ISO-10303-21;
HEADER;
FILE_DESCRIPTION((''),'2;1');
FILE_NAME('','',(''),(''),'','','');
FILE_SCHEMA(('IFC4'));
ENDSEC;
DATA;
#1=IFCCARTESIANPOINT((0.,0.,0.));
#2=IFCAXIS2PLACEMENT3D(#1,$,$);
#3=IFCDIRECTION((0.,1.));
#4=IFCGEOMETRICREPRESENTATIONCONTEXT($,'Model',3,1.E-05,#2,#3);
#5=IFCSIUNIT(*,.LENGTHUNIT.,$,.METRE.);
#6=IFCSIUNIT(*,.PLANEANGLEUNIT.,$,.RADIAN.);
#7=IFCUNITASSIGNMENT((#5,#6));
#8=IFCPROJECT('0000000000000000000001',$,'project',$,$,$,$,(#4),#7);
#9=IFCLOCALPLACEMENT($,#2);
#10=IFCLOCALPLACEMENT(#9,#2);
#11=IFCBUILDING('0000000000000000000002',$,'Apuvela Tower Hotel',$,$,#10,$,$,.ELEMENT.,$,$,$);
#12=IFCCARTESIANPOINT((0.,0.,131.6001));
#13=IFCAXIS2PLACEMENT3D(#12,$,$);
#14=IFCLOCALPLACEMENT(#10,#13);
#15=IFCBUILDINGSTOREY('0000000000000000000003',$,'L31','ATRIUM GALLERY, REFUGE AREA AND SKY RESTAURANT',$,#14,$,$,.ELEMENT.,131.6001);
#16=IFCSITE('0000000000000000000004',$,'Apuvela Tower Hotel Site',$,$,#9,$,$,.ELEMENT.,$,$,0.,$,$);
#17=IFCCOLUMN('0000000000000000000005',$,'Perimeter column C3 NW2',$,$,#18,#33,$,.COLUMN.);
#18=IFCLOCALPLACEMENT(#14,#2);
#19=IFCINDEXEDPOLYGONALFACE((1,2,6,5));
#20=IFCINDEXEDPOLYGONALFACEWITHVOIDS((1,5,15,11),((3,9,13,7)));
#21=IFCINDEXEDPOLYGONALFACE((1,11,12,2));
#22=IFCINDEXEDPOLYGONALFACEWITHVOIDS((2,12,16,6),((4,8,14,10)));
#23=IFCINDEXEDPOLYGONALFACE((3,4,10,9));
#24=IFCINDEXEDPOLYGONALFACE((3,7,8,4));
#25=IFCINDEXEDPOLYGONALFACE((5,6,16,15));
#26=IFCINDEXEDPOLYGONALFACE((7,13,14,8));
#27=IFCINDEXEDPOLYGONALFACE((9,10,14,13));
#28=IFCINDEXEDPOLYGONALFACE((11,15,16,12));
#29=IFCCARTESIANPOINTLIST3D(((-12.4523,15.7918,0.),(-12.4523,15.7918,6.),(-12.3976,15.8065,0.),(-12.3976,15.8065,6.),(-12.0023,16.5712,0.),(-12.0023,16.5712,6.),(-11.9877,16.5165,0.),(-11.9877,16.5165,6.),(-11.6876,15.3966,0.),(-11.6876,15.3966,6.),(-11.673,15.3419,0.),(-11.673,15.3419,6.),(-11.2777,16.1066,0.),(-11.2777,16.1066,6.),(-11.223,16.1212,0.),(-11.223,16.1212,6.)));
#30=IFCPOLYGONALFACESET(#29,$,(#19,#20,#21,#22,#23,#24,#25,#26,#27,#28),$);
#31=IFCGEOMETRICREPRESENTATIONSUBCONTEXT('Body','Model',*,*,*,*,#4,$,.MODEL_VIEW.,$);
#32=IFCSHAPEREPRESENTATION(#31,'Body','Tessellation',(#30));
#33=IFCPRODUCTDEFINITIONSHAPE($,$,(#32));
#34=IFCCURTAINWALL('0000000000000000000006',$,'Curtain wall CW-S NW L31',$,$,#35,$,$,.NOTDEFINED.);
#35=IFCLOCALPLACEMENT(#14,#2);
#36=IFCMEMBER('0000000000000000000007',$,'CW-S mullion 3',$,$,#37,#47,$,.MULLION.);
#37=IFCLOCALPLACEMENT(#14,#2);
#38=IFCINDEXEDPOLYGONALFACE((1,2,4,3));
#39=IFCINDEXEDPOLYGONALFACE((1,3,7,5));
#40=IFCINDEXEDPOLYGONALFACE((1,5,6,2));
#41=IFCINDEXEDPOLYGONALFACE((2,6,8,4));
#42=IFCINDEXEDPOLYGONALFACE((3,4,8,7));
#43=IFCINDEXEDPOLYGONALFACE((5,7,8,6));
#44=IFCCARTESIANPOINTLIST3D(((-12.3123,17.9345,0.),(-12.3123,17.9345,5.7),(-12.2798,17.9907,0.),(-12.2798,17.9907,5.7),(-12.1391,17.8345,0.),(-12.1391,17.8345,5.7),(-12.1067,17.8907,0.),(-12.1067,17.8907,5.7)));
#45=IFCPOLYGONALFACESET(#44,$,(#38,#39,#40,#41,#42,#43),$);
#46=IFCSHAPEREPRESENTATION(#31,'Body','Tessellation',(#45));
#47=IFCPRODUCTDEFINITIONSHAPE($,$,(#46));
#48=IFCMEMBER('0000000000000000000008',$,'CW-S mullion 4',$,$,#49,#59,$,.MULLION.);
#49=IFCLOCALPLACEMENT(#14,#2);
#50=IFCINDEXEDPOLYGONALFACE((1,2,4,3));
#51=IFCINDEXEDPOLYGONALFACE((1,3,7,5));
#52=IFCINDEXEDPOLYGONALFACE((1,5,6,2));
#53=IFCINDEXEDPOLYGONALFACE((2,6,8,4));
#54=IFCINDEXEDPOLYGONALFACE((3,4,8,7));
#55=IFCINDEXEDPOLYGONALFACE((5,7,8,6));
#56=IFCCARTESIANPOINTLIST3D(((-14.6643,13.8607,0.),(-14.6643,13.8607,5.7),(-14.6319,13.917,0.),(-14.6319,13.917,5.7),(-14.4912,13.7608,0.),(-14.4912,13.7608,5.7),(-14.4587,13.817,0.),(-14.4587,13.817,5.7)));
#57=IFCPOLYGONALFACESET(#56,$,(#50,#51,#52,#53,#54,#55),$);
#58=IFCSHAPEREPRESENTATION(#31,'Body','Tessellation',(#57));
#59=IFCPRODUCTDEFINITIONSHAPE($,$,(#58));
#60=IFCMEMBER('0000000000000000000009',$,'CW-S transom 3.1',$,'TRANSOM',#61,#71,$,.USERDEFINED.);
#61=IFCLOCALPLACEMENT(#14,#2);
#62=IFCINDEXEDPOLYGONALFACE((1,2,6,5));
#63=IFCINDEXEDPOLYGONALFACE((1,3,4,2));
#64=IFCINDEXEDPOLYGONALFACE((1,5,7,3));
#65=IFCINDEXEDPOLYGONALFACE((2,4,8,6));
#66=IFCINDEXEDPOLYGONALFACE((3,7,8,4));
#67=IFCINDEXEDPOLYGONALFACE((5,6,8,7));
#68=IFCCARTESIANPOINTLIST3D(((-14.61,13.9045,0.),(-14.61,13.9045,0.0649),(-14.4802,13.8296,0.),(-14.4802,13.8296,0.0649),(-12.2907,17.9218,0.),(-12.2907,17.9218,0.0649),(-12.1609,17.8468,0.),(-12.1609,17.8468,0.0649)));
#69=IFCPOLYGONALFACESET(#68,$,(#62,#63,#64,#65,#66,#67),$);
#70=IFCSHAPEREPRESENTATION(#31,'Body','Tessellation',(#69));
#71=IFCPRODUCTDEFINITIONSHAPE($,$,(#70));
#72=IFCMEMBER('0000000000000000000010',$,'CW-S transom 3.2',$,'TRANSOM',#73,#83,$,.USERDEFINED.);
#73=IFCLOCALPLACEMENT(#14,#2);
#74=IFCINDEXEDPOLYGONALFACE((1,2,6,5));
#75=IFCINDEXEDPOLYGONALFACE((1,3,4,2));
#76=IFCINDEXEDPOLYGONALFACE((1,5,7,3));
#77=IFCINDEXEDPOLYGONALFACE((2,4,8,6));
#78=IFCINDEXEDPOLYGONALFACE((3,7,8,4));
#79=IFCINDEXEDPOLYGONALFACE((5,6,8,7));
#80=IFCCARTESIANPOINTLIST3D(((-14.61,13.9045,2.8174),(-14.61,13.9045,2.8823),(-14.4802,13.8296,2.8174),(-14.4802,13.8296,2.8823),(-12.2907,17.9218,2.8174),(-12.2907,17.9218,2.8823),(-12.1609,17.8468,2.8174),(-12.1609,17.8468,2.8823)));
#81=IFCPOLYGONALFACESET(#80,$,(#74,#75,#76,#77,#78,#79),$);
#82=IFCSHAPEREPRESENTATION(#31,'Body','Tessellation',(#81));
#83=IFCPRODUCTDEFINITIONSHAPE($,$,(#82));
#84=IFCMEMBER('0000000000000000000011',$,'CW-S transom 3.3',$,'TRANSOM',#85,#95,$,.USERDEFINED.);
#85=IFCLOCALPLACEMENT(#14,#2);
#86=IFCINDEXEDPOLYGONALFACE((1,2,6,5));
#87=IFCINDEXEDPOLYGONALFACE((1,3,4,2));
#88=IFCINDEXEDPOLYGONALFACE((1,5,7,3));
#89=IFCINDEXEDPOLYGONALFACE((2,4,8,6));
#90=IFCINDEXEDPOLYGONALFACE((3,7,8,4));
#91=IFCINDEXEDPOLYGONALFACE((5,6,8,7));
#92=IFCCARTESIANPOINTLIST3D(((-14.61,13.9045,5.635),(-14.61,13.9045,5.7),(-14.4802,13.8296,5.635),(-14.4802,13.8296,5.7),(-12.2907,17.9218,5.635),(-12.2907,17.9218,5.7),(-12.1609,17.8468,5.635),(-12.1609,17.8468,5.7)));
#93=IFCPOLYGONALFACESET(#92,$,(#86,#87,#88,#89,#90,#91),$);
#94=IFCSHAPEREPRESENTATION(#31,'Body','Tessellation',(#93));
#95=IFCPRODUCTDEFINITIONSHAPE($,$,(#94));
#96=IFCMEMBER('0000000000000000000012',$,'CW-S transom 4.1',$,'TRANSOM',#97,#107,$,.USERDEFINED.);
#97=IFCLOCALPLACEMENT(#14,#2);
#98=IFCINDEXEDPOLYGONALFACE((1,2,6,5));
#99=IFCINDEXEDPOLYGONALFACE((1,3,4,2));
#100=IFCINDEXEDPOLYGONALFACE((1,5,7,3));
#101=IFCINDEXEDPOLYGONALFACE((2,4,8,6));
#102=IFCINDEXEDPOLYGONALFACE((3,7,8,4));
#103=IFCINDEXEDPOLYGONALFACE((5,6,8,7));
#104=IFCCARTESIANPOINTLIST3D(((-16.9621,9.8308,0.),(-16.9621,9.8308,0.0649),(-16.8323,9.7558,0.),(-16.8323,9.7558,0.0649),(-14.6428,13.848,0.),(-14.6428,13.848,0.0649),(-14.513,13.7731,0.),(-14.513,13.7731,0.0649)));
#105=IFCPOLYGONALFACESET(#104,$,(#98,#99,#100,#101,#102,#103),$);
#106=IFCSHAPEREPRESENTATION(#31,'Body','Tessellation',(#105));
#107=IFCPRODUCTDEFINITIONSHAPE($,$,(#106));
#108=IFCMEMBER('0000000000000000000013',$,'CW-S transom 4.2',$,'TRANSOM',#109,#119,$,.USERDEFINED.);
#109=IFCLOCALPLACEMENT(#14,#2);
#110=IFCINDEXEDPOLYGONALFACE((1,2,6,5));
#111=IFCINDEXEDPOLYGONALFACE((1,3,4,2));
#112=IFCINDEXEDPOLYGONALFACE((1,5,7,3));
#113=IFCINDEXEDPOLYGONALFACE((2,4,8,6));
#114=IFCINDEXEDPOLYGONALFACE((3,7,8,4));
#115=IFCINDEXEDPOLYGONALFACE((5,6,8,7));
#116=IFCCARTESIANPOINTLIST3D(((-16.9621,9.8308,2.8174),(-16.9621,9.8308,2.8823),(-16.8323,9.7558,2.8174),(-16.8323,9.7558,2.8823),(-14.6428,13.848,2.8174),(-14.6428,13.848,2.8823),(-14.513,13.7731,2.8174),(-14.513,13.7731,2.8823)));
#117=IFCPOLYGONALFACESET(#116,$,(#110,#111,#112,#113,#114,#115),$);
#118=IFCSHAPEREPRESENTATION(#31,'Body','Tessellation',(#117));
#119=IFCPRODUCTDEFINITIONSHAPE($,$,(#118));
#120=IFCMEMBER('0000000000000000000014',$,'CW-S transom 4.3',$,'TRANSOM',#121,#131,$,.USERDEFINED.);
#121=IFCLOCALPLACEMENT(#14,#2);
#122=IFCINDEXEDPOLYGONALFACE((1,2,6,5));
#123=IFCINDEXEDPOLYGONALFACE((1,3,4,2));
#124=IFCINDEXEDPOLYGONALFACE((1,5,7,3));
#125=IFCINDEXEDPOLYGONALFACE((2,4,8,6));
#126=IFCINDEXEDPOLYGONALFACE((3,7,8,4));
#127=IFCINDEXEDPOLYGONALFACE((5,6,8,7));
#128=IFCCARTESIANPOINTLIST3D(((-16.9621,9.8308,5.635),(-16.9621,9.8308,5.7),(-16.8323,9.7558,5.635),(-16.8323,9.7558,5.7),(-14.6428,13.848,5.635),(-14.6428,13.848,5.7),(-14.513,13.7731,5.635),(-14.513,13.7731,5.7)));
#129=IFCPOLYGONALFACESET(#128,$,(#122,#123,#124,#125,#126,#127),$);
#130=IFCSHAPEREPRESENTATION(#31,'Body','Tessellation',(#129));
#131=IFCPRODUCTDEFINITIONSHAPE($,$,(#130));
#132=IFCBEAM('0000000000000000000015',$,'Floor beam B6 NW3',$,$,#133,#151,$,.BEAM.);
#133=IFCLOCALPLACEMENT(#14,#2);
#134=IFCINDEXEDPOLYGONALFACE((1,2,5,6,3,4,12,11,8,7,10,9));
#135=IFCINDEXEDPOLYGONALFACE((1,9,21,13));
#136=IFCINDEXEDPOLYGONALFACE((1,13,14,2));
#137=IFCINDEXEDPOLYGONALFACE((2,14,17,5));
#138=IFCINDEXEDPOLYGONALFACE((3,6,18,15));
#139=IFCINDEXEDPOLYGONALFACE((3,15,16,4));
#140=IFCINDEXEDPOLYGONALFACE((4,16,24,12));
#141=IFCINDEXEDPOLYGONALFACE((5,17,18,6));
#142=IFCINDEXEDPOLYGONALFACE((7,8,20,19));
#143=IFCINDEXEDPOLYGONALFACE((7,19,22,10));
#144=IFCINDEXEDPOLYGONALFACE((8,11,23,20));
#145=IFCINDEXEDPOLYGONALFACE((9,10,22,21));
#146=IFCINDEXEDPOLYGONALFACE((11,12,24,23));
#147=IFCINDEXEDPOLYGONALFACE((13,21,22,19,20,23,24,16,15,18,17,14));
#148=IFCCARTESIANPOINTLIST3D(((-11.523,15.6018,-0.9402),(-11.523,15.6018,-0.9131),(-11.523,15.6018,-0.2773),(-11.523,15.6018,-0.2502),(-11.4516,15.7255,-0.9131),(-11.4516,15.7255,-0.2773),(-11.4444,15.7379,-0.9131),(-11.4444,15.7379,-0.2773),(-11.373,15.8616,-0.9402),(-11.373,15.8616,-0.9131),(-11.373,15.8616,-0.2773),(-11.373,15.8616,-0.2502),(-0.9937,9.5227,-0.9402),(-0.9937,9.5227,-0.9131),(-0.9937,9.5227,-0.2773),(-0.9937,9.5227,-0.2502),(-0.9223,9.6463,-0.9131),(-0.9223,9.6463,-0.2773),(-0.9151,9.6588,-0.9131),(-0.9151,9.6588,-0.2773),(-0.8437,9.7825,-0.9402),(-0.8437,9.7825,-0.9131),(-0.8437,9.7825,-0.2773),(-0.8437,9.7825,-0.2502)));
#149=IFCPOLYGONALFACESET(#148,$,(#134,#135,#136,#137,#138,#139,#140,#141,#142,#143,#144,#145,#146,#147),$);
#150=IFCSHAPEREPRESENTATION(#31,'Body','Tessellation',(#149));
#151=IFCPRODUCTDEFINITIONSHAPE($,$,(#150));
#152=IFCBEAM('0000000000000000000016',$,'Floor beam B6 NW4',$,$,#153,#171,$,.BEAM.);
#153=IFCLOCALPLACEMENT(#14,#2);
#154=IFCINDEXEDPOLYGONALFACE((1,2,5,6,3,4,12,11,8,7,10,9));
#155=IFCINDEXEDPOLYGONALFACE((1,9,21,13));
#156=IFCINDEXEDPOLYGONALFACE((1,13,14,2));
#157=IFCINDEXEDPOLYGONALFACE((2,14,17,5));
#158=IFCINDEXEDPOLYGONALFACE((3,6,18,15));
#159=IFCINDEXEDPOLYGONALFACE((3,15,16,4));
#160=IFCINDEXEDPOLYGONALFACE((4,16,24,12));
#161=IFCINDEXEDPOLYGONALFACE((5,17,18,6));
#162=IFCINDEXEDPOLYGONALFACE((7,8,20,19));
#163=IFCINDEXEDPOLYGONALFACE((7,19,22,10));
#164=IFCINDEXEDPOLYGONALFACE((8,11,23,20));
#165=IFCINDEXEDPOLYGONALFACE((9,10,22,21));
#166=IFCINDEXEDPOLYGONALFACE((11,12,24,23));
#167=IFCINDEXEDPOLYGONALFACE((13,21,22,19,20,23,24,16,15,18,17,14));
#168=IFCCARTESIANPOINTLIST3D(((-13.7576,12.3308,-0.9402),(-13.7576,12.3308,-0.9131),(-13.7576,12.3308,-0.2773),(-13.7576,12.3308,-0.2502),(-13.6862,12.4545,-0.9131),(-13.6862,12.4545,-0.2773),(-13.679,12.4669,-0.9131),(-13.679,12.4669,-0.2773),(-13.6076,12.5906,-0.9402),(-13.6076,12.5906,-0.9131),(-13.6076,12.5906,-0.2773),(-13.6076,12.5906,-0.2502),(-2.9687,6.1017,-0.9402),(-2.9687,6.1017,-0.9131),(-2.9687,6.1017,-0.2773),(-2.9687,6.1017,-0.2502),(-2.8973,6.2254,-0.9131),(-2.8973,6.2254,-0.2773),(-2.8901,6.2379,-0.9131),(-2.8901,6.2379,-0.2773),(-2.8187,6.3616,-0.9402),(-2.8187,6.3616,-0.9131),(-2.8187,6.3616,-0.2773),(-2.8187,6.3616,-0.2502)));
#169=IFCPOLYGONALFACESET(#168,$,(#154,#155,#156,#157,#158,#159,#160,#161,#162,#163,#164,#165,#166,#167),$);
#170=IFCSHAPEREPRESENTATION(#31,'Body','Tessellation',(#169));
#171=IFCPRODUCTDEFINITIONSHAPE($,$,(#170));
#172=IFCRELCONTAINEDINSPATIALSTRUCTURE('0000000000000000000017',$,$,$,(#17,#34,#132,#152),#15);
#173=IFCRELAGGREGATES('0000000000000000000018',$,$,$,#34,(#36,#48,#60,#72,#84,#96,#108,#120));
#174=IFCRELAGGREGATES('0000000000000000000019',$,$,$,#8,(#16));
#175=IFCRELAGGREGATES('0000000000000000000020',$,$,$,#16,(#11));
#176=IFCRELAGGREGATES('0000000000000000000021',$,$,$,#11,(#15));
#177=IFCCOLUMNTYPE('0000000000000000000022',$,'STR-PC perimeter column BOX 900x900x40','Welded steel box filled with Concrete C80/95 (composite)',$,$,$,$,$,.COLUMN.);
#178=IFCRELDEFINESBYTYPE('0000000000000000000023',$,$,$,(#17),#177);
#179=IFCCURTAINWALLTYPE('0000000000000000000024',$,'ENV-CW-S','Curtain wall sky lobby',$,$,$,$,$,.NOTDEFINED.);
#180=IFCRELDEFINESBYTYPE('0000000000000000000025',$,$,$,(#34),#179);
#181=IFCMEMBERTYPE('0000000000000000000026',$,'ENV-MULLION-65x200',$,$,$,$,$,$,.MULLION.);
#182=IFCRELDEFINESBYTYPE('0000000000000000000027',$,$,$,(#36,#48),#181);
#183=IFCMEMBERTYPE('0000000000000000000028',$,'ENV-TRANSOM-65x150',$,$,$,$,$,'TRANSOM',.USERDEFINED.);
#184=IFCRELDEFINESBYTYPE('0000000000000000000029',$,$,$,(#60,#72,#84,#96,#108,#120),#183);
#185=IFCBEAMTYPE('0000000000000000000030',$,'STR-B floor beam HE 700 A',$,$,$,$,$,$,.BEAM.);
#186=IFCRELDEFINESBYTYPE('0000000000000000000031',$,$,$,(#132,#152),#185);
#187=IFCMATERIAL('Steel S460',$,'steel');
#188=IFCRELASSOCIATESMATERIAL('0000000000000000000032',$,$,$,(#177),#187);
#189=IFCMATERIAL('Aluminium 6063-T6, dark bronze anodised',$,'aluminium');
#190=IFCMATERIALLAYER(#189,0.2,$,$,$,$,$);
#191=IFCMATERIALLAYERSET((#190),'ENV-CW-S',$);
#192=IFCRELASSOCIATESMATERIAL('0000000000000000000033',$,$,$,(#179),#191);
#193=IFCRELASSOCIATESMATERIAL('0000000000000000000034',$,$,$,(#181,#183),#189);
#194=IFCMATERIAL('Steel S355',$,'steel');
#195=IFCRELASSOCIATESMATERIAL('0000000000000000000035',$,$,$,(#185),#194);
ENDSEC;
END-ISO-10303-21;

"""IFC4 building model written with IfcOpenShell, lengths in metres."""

from ifc_helpers import new_model, si_unit, direction, frame, origin, origin_2d, place, context, subcontext, project, spatial, rectangle, hollow_rectangle, i_section, extrude, material, layer, layer_set, material_profile, profile_set, type_object, element, aggregate, save


model = new_model("IFC4")

# Units and contexts
model_context = context("Model", 3, precision=1e-05, world=origin(), true_north=direction((0.0, 1.0)))
body_context = subcontext(model_context, "Body", "Model", "MODEL_VIEW")
ifc_project = project(units=[si_unit("LENGTHUNIT", "METRE"), si_unit("PLANEANGLEUNIT", "RADIAN")], contexts=[model_context])

# Site, building, storey
site_placement = place(None, origin())
site = spatial("IfcSite", under=ifc_project, at=site_placement, Name="Apuvela Tower Hotel Site", CompositionType="ELEMENT", RefElevation=0.0)
building_placement = place(site_placement, origin())
building = spatial("IfcBuilding", under=site, at=building_placement, Name="Apuvela Tower Hotel", CompositionType="ELEMENT")
storey_placement = place(building_placement, frame((0.0, 0.0, 131.6001)))
storey = spatial("IfcBuildingStorey", under=building, at=storey_placement, Name="L31", Description="ATRIUM GALLERY, REFUGE AREA AND SKY RESTAURANT", CompositionType="ELEMENT", Elevation=131.6001)

# Column
ifc_material_1 = material(Name="Steel S460", Category="steel")
ifc_material_profile_1 = material_profile(ifc_material_1, hollow_rectangle(XDim=0.8999, YDim=0.8999, WallThickness=0.04, at=origin_2d()), Name="BOX 900x900x40")
ifc_material_2 = material(Name="Concrete C80/95", Category="concrete")
ifc_material_profile_2 = material_profile(ifc_material_2, rectangle(XDim=0.8201, YDim=0.8201, at=origin_2d()), Name="Concrete C80/95 infill")
ifc_profile_set_1 = profile_set([ifc_material_profile_1, ifc_material_profile_2], Name="Steel S460")
column_type = type_object("IfcColumnType", Name="STR-PC perimeter column BOX 900x900x40", Description="Welded steel box filled with Concrete C80/95 (composite)", PredefinedType="COLUMN", material=ifc_profile_set_1)
column_placement = place(storey_placement, frame((-11.8376, 15.9565, 0.0), z_axis=(0.0, 0.0, 1.0), x_axis=(0.5, 0.866025, 0.0)))
element("IfcColumn", 1, at=column_placement, inside=storey, type_object=column_type, Name="Perimeter column C3 NW2", PredefinedType="COLUMN", context=body_context, shape_type="SweptSolid", body=[
    extrude(hollow_rectangle(XDim=0.8999, YDim=0.8999, WallThickness=0.04, at=origin_2d()), origin(), (0.0, 0.0, 1.0), 6.0),
])

# Curtain wall, members
ifc_material_3 = material(Name="Aluminium 6063-T6, dark bronze anodised", Category="aluminium")
ifc_layer_1 = layer(ifc_material_3, 0.2)
ifc_layer_set_1 = layer_set([ifc_layer_1], Name="ENV-CW-S")
curtain_wall_type = type_object("IfcCurtainWallType", Name="ENV-CW-S", Description="Curtain wall sky lobby", PredefinedType="NOTDEFINED", material=ifc_layer_set_1)
curtain_wall_placement = place(storey_placement, origin())
curtain_wall = element("IfcCurtainWall", 2, at=curtain_wall_placement, inside=storey, type_object=curtain_wall_type, Name="Curtain wall CW-S NW L31", PredefinedType="NOTDEFINED")
ifc_material_profile_3 = material_profile(ifc_material_3, rectangle(XDim=0.2, YDim=0.0649, at=origin_2d()), Name="AL 65x200")
ifc_profile_set_2 = profile_set([ifc_material_profile_3], Name="Aluminium 6063-T6, dark bronze anodised")
member_type_1 = type_object("IfcMemberType", Name="ENV-MULLION-65x200", PredefinedType="MULLION", material=ifc_profile_set_2)
member_1_placement = place(storey_placement, frame((-12.2095, 17.9126, 0.0), z_axis=(0.0, 0.0, 1.0), x_axis=(0.866026, -0.499999, 0.0)))
member_1 = element("IfcMember", 3, at=member_1_placement, type_object=member_type_1, Name="CW-S mullion 3", PredefinedType="MULLION", context=body_context, shape_type="SweptSolid", body=[
    extrude(rectangle(XDim=0.2, YDim=0.0649, at=origin_2d()), origin(), (0.0, 0.0, 1.0), 5.7),
])
member_2_placement = place(storey_placement, frame((-14.5615, 13.8389, 0.0), z_axis=(0.0, 0.0, 1.0), x_axis=(0.866026, -0.499999, 0.0)))
member_2 = element("IfcMember", 4, at=member_2_placement, type_object=member_type_1, Name="CW-S mullion 4", PredefinedType="MULLION", context=body_context, shape_type="SweptSolid", body=[
    extrude(rectangle(XDim=0.2, YDim=0.0649, at=origin_2d()), origin(), (0.0, 0.0, 1.0), 5.7),
])
ifc_material_profile_4 = material_profile(ifc_material_3, rectangle(XDim=0.1499, YDim=0.0649, at=origin_2d()), Name="AL 65x150 transom")
ifc_profile_set_3 = profile_set([ifc_material_profile_4], Name="Aluminium 6063-T6, dark bronze anodised")
member_type_2 = type_object("IfcMemberType", Name="ENV-TRANSOM-65x150", ElementType="TRANSOM", PredefinedType="USERDEFINED", material=ifc_profile_set_3)
member_3_placement = place(storey_placement, frame((-12.2258, 17.8843, 0.0325), z_axis=(-0.499988, -0.866032, 0.0), x_axis=(0.866032, -0.499988, 0.0)))
member_3 = element("IfcMember", 5, at=member_3_placement, type_object=member_type_2, Name="CW-S transom 3.1", ObjectType="TRANSOM", PredefinedType="USERDEFINED", context=body_context, shape_type="SweptSolid", body=[
    extrude(rectangle(XDim=0.1499, YDim=0.0649, at=origin_2d()), origin(), (0.0, 0.0, 1.0), 4.6387),
])
member_4_placement = place(storey_placement, frame((-12.2258, 17.8843, 2.8499), z_axis=(-0.499988, -0.866032, 0.0), x_axis=(0.866032, -0.499988, 0.0)))
member_4 = element("IfcMember", 6, at=member_4_placement, type_object=member_type_2, Name="CW-S transom 3.2", ObjectType="TRANSOM", PredefinedType="USERDEFINED", context=body_context, shape_type="SweptSolid", body=[
    extrude(rectangle(XDim=0.1499, YDim=0.0649, at=origin_2d()), origin(), (0.0, 0.0, 1.0), 4.6387),
])
member_5_placement = place(storey_placement, frame((-12.2258, 17.8843, 5.6675), z_axis=(-0.499988, -0.866032, 0.0), x_axis=(0.866032, -0.499988, 0.0)))
member_5 = element("IfcMember", 7, at=member_5_placement, type_object=member_type_2, Name="CW-S transom 3.3", ObjectType="TRANSOM", PredefinedType="USERDEFINED", context=body_context, shape_type="SweptSolid", body=[
    extrude(rectangle(XDim=0.1499, YDim=0.0649, at=origin_2d()), origin(), (0.0, 0.0, 1.0), 4.6387),
])
member_6_placement = place(storey_placement, frame((-14.5779, 13.8105, 0.0325), z_axis=(-0.499988, -0.866032, 0.0), x_axis=(0.866032, -0.499988, 0.0)))
member_6 = element("IfcMember", 8, at=member_6_placement, type_object=member_type_2, Name="CW-S transom 4.1", ObjectType="TRANSOM", PredefinedType="USERDEFINED", context=body_context, shape_type="SweptSolid", body=[
    extrude(rectangle(XDim=0.1499, YDim=0.0649, at=origin_2d()), origin(), (0.0, 0.0, 1.0), 4.6387),
])
member_7_placement = place(storey_placement, frame((-14.5779, 13.8105, 2.8499), z_axis=(-0.499988, -0.866032, 0.0), x_axis=(0.866032, -0.499988, 0.0)))
member_7 = element("IfcMember", 9, at=member_7_placement, type_object=member_type_2, Name="CW-S transom 4.2", ObjectType="TRANSOM", PredefinedType="USERDEFINED", context=body_context, shape_type="SweptSolid", body=[
    extrude(rectangle(XDim=0.1499, YDim=0.0649, at=origin_2d()), origin(), (0.0, 0.0, 1.0), 4.6387),
])
member_8_placement = place(storey_placement, frame((-14.5779, 13.8105, 5.6675), z_axis=(-0.499988, -0.866032, 0.0), x_axis=(0.866032, -0.499988, 0.0)))
member_8 = element("IfcMember", 10, at=member_8_placement, type_object=member_type_2, Name="CW-S transom 4.3", ObjectType="TRANSOM", PredefinedType="USERDEFINED", context=body_context, shape_type="SweptSolid", body=[
    extrude(rectangle(XDim=0.1499, YDim=0.0649, at=origin_2d()), origin(), (0.0, 0.0, 1.0), 4.6387),
])

# Beams
ifc_material_4 = material(Name="Steel S355", Category="steel")
ifc_material_profile_5 = material_profile(ifc_material_4, i_section(OverallWidth=0.3, OverallDepth=0.6899, WebThickness=0.0144, FlangeThickness=0.0271, at=origin_2d()), Name="HE 700 A")
ifc_profile_set_4 = profile_set([ifc_material_profile_5], Name="Steel S355")
beam_type_1 = type_object("IfcBeamType", Name="STR-B floor beam HE 700 A", PredefinedType="BEAM", material=ifc_profile_set_4)
beam_1_placement = place(storey_placement, frame((-11.448, 15.7317, -0.5952), z_axis=(0.866025, -0.500001, 0.0), x_axis=(0.500001, 0.866025, 0.0)))
element("IfcBeam", 11, at=beam_1_placement, inside=storey, type_object=beam_type_1, Name="Floor beam B6 NW3", PredefinedType="BEAM", context=body_context, shape_type="SweptSolid", body=[
    extrude(i_section(OverallWidth=0.3, OverallDepth=0.6899, WebThickness=0.0144, FlangeThickness=0.0271, at=origin_2d()), origin(), (0.0, 0.0, 1.0), 12.1582),
])
beam_2_placement = place(storey_placement, frame((-13.6826, 12.4607, -0.5952), z_axis=(0.866023, -0.500005, 0.0), x_axis=(0.500005, 0.866023, 0.0)))
element("IfcBeam", 12, at=beam_2_placement, inside=storey, type_object=beam_type_1, Name="Floor beam B6 NW4", PredefinedType="BEAM", context=body_context, shape_type="SweptSolid", body=[
    extrude(i_section(OverallWidth=0.3, OverallDepth=0.6899, WebThickness=0.0144, FlangeThickness=0.0271, at=origin_2d()), origin(), (0.0, 0.0, 1.0), 12.458),
])

aggregate(curtain_wall, [member_1, member_2, member_3, member_4, member_5, member_6, member_7, member_8])

save(model, "model.ifc")
